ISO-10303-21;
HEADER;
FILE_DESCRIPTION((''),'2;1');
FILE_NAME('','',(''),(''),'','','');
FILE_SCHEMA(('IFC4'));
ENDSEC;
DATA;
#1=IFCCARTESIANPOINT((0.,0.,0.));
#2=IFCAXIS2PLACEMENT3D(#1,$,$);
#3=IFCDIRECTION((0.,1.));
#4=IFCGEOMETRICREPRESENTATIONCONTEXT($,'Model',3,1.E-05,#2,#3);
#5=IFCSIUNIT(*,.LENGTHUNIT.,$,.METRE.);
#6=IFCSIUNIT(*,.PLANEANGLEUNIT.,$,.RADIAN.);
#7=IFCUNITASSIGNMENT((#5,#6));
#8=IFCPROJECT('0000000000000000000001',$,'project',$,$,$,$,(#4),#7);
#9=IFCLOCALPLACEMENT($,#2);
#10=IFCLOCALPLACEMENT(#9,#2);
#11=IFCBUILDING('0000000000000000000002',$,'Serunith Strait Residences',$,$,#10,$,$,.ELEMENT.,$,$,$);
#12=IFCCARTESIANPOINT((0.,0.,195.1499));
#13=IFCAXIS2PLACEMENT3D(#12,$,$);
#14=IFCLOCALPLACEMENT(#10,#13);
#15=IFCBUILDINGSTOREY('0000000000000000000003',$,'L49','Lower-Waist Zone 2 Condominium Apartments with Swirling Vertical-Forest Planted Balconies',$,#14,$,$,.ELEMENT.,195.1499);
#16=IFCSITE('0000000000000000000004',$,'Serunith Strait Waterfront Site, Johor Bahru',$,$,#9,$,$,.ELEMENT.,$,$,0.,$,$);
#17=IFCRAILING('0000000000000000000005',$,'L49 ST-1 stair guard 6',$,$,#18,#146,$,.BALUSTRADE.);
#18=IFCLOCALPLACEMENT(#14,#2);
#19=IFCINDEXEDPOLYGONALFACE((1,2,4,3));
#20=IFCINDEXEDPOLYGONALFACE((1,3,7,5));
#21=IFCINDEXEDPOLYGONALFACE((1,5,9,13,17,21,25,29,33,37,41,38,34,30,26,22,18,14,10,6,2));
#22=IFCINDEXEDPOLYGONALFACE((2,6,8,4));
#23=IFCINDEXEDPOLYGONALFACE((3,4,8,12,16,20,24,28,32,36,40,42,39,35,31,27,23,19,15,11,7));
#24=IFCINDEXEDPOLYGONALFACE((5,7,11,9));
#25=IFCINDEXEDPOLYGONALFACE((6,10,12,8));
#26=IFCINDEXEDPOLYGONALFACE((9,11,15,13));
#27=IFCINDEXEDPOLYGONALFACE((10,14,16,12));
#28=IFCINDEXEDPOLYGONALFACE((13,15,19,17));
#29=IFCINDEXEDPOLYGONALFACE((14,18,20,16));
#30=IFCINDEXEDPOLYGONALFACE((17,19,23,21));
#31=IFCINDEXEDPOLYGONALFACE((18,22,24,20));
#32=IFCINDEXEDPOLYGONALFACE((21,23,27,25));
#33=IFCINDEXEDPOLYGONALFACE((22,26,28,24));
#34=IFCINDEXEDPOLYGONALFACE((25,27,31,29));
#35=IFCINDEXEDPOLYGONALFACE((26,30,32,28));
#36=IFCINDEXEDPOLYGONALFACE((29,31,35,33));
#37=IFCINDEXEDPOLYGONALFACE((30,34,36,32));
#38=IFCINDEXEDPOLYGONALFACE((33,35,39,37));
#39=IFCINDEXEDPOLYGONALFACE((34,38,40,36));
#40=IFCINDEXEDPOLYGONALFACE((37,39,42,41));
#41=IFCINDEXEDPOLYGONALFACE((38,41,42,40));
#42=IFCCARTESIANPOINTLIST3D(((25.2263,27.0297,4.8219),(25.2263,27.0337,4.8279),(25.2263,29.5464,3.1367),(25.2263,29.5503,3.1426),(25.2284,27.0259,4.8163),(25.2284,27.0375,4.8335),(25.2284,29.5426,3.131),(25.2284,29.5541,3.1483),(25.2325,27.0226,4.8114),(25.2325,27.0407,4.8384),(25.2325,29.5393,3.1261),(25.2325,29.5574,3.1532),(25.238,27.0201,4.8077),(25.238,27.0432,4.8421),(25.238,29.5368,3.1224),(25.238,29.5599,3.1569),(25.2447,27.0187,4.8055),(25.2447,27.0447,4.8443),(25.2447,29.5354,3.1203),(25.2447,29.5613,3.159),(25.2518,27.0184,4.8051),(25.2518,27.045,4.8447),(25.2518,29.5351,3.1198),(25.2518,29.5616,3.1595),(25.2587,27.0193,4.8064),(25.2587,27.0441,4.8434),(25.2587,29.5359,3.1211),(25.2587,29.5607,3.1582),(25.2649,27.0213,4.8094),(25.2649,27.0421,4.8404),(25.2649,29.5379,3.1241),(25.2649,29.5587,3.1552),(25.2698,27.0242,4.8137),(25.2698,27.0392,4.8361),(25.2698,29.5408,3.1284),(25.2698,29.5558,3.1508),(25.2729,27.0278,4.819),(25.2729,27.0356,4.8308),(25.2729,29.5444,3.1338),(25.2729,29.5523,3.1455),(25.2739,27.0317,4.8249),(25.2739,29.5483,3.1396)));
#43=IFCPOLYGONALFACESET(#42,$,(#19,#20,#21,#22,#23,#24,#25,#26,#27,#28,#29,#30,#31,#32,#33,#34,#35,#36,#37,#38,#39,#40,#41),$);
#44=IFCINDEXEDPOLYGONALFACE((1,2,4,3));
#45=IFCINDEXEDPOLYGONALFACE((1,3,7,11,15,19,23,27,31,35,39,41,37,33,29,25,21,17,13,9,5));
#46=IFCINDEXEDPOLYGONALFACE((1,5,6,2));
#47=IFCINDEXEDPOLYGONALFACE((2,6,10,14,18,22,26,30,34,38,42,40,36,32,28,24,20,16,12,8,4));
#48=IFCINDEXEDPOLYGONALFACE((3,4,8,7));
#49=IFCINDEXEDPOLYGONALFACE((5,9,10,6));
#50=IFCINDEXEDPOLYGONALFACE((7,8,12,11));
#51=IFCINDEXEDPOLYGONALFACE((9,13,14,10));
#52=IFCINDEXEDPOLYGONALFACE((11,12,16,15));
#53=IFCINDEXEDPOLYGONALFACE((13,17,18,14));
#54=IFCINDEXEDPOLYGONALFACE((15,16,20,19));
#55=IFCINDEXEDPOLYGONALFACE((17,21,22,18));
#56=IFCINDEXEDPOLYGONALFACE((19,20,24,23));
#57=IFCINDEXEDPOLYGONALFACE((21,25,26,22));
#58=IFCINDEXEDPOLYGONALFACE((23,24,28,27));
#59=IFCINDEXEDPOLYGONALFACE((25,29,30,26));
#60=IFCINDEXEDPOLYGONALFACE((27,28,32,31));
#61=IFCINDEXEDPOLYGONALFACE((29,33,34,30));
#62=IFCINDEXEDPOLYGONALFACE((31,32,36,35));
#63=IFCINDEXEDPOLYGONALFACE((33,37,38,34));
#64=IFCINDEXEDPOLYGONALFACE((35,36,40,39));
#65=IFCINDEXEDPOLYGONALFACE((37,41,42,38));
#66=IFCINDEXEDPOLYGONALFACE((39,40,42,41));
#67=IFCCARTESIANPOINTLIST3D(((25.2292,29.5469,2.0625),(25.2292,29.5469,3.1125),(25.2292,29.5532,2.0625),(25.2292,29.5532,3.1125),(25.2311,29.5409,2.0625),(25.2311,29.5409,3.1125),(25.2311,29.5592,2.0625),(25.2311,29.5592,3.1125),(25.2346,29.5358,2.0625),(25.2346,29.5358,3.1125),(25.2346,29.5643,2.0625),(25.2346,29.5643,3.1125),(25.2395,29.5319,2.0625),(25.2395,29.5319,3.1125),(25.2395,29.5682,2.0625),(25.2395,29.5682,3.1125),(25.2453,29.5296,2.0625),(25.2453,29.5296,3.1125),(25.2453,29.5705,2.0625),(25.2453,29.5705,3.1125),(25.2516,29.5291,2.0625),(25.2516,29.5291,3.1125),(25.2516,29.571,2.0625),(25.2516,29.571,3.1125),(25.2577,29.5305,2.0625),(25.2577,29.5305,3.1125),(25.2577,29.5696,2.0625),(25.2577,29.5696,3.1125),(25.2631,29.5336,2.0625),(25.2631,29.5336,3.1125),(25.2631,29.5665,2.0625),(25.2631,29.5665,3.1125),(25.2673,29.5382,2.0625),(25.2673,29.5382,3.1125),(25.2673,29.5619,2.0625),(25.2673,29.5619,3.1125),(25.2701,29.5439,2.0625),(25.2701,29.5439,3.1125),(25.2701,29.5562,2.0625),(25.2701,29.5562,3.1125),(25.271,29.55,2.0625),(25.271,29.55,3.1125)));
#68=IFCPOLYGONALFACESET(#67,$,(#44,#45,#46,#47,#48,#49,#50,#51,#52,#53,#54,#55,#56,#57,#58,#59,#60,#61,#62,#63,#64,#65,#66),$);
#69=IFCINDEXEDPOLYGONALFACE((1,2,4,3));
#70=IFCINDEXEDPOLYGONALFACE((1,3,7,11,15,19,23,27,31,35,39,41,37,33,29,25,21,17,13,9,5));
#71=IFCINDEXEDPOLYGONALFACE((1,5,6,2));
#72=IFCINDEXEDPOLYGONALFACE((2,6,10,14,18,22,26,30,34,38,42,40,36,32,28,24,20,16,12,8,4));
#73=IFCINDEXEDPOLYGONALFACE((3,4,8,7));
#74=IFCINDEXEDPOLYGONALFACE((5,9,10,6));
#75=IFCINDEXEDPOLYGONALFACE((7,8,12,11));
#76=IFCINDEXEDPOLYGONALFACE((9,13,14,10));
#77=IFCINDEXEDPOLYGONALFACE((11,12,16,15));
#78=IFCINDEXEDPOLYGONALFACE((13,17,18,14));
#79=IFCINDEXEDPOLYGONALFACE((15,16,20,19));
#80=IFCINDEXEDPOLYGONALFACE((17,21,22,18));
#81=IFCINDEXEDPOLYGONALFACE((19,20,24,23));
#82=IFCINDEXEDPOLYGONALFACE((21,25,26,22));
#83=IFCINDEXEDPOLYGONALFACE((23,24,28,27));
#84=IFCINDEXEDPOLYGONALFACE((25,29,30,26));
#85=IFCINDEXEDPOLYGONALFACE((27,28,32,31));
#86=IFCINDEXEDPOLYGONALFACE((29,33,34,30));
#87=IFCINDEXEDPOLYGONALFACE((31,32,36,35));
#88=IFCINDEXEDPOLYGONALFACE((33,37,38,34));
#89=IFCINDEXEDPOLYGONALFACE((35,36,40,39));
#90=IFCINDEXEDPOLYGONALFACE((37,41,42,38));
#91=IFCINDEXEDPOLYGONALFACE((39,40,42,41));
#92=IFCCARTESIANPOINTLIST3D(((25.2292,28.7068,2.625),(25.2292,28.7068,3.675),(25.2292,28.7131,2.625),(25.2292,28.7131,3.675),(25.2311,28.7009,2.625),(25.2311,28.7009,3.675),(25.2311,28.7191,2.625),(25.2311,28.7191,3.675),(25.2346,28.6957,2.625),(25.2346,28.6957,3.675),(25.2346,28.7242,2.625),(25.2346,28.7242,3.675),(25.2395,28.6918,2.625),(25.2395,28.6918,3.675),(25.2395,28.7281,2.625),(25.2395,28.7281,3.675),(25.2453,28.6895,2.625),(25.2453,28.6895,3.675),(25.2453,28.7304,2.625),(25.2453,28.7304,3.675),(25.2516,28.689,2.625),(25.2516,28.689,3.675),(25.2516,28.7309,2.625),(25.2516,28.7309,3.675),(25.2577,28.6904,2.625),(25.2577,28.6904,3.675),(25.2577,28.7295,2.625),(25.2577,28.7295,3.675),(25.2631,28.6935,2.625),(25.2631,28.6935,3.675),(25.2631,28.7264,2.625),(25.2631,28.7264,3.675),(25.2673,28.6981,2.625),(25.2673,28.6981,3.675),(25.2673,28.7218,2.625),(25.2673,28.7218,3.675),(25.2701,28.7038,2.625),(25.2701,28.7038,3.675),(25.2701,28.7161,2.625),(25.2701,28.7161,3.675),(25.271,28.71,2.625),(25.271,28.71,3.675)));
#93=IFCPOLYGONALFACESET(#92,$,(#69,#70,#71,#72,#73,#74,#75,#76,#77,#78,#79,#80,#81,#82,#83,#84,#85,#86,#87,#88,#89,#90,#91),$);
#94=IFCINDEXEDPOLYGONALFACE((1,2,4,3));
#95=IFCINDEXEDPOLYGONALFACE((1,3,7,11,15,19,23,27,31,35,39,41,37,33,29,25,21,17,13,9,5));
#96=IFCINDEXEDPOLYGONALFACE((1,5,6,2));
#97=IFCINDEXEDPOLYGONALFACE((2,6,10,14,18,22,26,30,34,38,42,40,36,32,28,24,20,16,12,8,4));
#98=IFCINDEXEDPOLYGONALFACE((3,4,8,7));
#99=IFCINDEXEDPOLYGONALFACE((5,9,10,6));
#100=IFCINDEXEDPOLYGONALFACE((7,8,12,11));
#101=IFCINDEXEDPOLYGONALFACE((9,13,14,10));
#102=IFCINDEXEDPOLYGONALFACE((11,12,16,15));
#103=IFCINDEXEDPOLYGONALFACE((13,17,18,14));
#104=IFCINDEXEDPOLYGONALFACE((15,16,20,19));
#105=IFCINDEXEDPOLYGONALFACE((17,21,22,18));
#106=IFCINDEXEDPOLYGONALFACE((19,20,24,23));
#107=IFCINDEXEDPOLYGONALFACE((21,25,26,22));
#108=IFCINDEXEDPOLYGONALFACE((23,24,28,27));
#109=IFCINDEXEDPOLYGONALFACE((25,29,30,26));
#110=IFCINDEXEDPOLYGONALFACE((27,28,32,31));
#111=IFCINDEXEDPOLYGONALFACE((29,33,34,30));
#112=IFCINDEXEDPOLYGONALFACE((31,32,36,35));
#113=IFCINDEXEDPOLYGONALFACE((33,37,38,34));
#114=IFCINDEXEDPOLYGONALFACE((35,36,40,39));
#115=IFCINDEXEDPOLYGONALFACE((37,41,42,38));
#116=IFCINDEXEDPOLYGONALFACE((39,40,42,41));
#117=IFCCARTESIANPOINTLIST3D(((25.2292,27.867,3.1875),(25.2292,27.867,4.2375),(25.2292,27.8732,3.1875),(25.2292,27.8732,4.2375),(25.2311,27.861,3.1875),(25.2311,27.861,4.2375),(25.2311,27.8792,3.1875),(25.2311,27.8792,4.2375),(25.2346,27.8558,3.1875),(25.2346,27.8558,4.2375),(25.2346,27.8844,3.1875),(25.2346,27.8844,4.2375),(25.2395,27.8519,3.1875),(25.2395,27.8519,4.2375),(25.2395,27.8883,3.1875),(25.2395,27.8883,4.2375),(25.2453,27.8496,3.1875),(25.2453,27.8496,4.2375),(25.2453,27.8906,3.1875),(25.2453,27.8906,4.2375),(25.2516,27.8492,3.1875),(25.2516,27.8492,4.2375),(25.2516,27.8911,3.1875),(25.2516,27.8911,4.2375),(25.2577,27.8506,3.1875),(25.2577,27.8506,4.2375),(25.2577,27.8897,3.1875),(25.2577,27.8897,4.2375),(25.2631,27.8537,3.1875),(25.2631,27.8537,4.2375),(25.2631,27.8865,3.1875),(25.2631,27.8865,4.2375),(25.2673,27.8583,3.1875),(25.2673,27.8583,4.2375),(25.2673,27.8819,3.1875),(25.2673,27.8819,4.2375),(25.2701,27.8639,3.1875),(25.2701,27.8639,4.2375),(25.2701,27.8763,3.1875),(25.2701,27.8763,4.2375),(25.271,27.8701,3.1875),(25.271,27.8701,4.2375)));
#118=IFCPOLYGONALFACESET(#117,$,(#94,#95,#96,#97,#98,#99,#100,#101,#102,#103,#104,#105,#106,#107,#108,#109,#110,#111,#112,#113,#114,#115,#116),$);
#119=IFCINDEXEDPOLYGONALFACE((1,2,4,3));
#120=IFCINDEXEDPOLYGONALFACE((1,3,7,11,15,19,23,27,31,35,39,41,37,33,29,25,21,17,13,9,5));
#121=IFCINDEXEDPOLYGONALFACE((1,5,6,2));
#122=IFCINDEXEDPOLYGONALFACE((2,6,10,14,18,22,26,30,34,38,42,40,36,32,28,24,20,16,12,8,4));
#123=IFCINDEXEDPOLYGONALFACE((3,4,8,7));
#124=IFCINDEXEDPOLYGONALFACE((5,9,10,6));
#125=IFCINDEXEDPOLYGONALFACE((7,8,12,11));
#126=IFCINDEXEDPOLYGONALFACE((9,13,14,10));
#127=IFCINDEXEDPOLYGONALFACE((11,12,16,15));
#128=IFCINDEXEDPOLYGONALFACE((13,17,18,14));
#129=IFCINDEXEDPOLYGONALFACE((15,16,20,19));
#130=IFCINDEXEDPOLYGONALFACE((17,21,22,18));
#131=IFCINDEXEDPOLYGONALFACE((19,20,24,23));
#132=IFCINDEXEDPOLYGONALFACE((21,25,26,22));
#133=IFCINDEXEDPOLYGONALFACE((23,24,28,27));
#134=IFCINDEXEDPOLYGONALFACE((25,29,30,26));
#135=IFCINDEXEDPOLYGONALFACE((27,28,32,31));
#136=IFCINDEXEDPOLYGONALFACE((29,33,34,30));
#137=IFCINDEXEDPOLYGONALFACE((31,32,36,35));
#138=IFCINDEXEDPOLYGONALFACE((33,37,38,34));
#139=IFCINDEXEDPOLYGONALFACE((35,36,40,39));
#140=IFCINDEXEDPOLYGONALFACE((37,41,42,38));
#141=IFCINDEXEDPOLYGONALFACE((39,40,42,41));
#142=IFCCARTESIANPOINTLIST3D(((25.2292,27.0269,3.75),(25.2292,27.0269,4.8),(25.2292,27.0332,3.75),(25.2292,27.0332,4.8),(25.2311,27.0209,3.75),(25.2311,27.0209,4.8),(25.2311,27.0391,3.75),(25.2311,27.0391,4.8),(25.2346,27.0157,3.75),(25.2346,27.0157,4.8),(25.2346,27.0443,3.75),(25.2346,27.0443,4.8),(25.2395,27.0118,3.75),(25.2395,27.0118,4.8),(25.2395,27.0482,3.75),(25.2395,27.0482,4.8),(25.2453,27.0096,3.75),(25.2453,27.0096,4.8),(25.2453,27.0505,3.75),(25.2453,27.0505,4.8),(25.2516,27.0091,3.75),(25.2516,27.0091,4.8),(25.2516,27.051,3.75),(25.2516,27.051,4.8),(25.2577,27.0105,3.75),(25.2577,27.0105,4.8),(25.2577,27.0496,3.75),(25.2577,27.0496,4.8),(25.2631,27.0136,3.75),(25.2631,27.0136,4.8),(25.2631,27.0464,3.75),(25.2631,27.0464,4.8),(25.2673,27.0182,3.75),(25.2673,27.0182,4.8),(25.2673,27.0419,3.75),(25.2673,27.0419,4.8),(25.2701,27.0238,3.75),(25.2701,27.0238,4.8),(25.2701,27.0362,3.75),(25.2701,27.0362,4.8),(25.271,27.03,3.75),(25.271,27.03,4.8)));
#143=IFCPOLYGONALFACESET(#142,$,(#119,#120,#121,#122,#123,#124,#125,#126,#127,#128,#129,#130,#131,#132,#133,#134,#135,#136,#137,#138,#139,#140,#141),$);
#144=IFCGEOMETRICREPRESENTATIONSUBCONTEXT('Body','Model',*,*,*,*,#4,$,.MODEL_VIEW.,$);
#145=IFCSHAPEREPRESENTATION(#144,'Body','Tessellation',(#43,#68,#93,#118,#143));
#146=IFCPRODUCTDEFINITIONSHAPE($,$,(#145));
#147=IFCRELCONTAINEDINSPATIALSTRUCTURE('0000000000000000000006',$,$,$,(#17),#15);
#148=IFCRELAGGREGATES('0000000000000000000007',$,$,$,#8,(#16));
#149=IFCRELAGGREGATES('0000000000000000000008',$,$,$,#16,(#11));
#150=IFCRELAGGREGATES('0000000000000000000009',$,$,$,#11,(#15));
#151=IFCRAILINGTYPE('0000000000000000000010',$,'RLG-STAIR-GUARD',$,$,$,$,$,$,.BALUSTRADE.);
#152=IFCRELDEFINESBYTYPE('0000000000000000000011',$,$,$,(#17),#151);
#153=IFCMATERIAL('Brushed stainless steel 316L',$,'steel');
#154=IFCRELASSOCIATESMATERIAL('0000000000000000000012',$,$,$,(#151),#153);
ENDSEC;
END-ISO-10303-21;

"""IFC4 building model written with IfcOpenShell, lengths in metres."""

from ifc_helpers import new_model, si_unit, direction, frame, origin, origin_2d, place, context, subcontext, project, spatial, circle, extrude, material, type_object, element, save


model = new_model("IFC4")

# Units and contexts
model_context = context("Model", 3, precision=1e-05, world=origin(), true_north=direction((0.0, 1.0)))
body_context = subcontext(model_context, "Body", "Model", "MODEL_VIEW")
ifc_project = project(units=[si_unit("LENGTHUNIT", "METRE"), si_unit("PLANEANGLEUNIT", "RADIAN")], contexts=[model_context])

# Site, building, storey
site_placement = place(None, origin())
site = spatial("IfcSite", under=ifc_project, at=site_placement, Name="Serunith Strait Waterfront Site, Johor Bahru", CompositionType="ELEMENT", RefElevation=0.0)
building_placement = place(site_placement, origin())
building = spatial("IfcBuilding", under=site, at=building_placement, Name="Serunith Strait Residences", CompositionType="ELEMENT")
storey_placement = place(building_placement, frame((0.0, 0.0, 195.1499)))
storey = spatial("IfcBuildingStorey", under=building, at=storey_placement, Name="L49", Description="Lower-Waist Zone 2 Condominium Apartments with Swirling Vertical-Forest Planted Balconies", CompositionType="ELEMENT", Elevation=195.1499)

# Railing
ifc_material_1 = material(Name="Brushed stainless steel 316L", Category="steel")
railing_type_1 = type_object("IfcRailingType", Name="RLG-STAIR-GUARD", PredefinedType="BALUSTRADE", material=ifc_material_1)
railing_1_placement = place(storey_placement, frame((25.25, 29.55, 2.0625)))
element("IfcRailing", 1, at=railing_1_placement, inside=storey, type_object=railing_type_1, Name="L49 ST-1 stair guard 6", PredefinedType="BALUSTRADE", context=body_context, shape_type="SweptSolid", body=[
    extrude(circle(Radius=0.0239, at=origin_2d()), frame((0.0, -0.0017, 1.0771), z_axis=(0.0, -0.830909, 0.556408), x_axis=(1.0, 0.0, 0.0)), (0.0, 0.0, 1.0), 3.0288),
    extrude(circle(Radius=0.021, at=origin_2d()), origin(), (0.0, 0.0, 1.0), 1.05),
    extrude(circle(Radius=0.021, at=origin_2d()), frame((0.0, -0.8401, 0.5625)), (0.0, 0.0, 1.0), 1.05),
    extrude(circle(Radius=0.021, at=origin_2d()), frame((0.0, -1.6799, 1.125)), (0.0, 0.0, 1.0), 1.05),
    extrude(circle(Radius=0.021, at=origin_2d()), frame((0.0, -2.52, 1.6875)), (0.0, 0.0, 1.0), 1.05),
])

save(model, "model.ifc")
